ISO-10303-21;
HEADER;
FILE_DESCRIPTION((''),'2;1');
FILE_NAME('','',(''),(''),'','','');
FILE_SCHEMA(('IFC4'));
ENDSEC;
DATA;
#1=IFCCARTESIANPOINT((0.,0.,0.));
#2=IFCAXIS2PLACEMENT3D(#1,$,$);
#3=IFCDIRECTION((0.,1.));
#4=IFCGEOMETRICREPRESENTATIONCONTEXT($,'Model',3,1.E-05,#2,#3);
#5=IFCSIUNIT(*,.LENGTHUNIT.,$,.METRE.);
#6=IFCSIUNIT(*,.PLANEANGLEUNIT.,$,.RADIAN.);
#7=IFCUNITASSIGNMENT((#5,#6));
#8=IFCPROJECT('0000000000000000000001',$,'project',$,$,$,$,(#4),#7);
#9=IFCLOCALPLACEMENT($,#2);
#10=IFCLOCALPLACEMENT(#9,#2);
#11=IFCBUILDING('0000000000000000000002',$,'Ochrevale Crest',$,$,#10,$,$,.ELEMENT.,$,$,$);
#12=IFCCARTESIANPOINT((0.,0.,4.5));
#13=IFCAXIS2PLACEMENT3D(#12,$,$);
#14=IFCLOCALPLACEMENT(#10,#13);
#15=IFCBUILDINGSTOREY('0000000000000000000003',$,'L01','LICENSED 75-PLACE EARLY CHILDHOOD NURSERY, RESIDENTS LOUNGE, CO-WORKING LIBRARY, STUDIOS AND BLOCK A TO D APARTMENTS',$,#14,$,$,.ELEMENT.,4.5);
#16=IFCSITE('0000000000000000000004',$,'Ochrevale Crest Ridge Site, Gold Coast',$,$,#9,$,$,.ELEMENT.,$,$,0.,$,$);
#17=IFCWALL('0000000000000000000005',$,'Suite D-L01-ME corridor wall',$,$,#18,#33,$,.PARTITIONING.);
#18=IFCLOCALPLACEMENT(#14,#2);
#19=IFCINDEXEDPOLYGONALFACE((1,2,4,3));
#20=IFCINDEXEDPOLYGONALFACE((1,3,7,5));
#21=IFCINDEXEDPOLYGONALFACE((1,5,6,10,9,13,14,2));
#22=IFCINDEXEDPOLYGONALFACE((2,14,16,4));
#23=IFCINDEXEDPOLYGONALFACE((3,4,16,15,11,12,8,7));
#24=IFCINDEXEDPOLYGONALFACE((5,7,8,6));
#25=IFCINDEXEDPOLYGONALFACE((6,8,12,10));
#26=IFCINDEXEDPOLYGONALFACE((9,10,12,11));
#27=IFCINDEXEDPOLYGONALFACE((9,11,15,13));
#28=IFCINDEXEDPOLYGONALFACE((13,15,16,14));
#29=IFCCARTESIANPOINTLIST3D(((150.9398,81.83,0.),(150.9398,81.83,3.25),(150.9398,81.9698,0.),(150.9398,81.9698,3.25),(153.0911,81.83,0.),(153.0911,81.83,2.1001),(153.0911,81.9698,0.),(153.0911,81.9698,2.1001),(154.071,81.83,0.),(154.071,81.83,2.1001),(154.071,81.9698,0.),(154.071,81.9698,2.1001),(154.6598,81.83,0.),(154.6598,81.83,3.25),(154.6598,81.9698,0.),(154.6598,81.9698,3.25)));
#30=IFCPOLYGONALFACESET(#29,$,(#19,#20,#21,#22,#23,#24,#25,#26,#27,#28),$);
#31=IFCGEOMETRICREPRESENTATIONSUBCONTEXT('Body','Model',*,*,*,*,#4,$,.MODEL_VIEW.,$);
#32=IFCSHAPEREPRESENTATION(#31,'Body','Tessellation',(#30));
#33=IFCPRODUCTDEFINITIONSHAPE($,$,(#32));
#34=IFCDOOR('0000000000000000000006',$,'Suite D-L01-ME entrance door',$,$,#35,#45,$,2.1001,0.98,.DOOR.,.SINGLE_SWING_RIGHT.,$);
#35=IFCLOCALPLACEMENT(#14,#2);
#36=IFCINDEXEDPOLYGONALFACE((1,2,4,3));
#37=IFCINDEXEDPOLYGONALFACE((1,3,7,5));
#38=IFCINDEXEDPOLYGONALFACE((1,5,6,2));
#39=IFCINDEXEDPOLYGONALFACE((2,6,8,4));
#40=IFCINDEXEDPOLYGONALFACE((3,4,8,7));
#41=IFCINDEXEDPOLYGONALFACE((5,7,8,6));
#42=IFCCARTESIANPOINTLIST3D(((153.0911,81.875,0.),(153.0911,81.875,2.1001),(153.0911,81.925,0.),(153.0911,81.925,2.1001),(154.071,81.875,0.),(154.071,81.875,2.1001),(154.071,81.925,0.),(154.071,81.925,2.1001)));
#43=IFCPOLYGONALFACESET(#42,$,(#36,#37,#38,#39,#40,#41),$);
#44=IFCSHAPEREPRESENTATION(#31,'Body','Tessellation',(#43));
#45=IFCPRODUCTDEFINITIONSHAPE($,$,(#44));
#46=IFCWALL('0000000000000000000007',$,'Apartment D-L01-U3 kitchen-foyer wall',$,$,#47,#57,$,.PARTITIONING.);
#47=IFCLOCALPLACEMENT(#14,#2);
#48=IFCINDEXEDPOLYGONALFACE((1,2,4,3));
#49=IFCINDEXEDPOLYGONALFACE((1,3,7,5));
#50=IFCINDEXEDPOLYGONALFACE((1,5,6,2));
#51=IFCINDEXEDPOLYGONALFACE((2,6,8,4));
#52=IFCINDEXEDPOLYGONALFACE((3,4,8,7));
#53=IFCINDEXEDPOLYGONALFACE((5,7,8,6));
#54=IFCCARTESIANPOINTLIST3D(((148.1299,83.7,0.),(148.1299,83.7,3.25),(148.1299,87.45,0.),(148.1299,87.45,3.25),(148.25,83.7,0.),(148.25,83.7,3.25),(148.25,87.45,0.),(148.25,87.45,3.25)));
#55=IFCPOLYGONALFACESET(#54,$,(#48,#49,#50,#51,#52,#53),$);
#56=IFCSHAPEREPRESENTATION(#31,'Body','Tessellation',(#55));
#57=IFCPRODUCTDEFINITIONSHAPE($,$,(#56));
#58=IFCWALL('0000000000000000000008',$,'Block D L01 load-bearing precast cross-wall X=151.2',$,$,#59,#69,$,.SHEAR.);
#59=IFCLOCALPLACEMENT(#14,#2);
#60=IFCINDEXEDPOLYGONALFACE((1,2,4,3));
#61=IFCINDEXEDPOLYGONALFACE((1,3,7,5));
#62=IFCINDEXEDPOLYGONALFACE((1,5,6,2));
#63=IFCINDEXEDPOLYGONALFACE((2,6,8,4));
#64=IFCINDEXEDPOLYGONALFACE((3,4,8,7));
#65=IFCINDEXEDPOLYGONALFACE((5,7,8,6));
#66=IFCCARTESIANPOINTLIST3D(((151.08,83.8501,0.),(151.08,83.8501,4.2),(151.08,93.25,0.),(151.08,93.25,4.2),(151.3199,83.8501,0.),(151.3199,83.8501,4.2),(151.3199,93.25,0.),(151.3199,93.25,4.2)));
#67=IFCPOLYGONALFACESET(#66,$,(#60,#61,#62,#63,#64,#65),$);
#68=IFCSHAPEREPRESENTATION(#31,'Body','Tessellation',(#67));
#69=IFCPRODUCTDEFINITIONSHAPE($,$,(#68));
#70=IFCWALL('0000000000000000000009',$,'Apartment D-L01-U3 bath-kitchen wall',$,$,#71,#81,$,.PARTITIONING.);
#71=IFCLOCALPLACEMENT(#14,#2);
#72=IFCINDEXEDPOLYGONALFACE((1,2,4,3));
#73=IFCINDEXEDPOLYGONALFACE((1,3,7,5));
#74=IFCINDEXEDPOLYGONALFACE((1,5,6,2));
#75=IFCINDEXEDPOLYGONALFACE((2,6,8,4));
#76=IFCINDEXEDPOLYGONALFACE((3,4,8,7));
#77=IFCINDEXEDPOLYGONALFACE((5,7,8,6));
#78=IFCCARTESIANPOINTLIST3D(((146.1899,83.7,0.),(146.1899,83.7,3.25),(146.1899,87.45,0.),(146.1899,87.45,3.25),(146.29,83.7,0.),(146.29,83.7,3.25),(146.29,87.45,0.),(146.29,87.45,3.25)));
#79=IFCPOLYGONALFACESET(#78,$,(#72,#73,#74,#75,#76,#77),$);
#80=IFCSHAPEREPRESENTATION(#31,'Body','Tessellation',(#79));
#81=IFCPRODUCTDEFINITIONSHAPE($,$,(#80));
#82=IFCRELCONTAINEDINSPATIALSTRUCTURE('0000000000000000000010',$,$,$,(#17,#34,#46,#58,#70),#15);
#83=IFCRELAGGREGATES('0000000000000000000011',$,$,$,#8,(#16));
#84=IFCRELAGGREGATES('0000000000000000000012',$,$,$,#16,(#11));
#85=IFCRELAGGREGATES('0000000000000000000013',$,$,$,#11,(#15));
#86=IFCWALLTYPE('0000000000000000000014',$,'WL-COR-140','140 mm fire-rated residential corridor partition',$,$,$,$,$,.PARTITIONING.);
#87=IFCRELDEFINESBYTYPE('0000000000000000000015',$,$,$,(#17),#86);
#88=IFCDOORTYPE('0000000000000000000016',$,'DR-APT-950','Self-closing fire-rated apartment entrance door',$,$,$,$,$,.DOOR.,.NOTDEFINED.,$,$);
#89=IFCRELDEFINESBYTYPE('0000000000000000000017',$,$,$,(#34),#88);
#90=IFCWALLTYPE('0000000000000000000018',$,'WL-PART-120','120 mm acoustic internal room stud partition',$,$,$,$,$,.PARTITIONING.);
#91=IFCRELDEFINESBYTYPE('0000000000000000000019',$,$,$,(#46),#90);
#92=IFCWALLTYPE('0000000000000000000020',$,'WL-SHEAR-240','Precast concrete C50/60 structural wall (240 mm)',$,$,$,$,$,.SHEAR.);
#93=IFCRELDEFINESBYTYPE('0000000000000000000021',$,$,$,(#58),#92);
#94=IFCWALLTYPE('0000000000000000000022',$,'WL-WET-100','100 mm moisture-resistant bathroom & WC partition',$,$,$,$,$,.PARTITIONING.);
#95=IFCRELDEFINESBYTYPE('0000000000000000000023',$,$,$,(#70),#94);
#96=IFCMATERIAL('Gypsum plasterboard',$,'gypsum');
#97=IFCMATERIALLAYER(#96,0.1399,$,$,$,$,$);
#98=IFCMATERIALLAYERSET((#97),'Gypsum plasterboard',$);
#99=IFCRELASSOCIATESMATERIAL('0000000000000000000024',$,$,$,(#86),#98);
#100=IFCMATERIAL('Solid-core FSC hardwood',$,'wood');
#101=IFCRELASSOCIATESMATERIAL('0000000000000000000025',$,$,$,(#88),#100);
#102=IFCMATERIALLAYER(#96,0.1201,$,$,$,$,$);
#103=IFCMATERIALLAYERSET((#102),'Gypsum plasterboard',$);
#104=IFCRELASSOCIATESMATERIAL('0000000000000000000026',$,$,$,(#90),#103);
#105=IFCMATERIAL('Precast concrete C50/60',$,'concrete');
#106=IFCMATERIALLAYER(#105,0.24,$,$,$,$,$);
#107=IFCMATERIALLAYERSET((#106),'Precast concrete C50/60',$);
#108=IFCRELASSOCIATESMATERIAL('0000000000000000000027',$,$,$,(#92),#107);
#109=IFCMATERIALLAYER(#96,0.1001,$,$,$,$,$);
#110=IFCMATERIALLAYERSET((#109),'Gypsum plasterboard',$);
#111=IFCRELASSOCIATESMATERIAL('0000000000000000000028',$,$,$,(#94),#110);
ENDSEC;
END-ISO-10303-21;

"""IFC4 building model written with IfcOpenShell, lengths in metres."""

from ifc_helpers import new_model, si_unit, direction, frame, frame_2d, origin, place, context, subcontext, project, spatial, rectangle, extrude, material, layer, layer_set, type_object, element, fill, save


model = new_model("IFC4")

# Units and contexts
model_context = context("Model", 3, precision=1e-05, world=origin(), true_north=direction((0.0, 1.0)))
body_context = subcontext(model_context, "Body", "Model", "MODEL_VIEW")
ifc_project = project(units=[si_unit("LENGTHUNIT", "METRE"), si_unit("PLANEANGLEUNIT", "RADIAN")], contexts=[model_context])

# Site, building, storey
site_placement = place(None, origin())
site = spatial("IfcSite", under=ifc_project, at=site_placement, Name="Ochrevale Crest Ridge Site, Gold Coast", CompositionType="ELEMENT", RefElevation=0.0)
building_placement = place(site_placement, origin())
building = spatial("IfcBuilding", under=site, at=building_placement, Name="Ochrevale Crest", CompositionType="ELEMENT")
storey_placement = place(building_placement, frame((0.0, 0.0, 4.5)))
storey = spatial("IfcBuildingStorey", under=building, at=storey_placement, Name="L01", Description="LICENSED 75-PLACE EARLY CHILDHOOD NURSERY, RESIDENTS LOUNGE, CO-WORKING LIBRARY, STUDIOS AND BLOCK A TO D APARTMENTS", CompositionType="ELEMENT", Elevation=4.5)

# Shared definitions
ifc_material_1 = material(Name="Precast concrete C50/60", Category="concrete")

# Wall, opening, door
ifc_material_2 = material(Name="Gypsum plasterboard", Category="gypsum")
ifc_layer_1 = layer(ifc_material_2, 0.1399)
ifc_layer_set_1 = layer_set([ifc_layer_1], Name="Gypsum plasterboard")
wall_type_1 = type_object("IfcWallType", Name="WL-COR-140", Description="140 mm fire-rated residential corridor partition", PredefinedType="PARTITIONING", material=ifc_layer_set_1)
ifc_material_3 = material(Name="Solid-core FSC hardwood", Category="wood")
door_type_1 = type_object("IfcDoorType", Name="DR-APT-950", Description="Self-closing fire-rated apartment entrance door", OperationType="NOTDEFINED", PredefinedType="DOOR", material=ifc_material_3)
wall_1_placement = place(storey_placement, frame((150.9399, 81.8999, 0.0), z_axis=(0.0, 0.0, 1.0), x_axis=(1.0, 0.0, 0.0)))
wall_1 = element("IfcWall", 1, at=wall_1_placement, inside=storey, type_object=wall_type_1, Name="Suite D-L01-ME corridor wall", PredefinedType="PARTITIONING", context=body_context, shape_type="SweptSolid", body=[
    extrude(rectangle(XDim=3.72, YDim=0.1399, at=frame_2d((1.8599, 0.0))), origin(), (0.0, 0.0, 1.0), 3.25),
])
opening_1_placement = place(wall_1_placement, frame((3.1311, 0.0, 0.0), z_axis=(0.0, 0.0, 1.0), x_axis=(-1.0, 0.0, 0.0)))
opening_1 = element("IfcOpeningElement", 2, at=opening_1_placement, cuts=wall_1, PredefinedType="OPENING", context=body_context, shape_type="SweptSolid", body=[
    extrude(rectangle(XDim=0.98, YDim=2.1001, at=frame_2d((0.49, 1.05))), frame((0.0, 0.0801, 0.0), z_axis=(0.0, -1.0, 0.0), x_axis=(1.0, 0.0, 0.0)), (0.0, 0.0, 1.0), 0.1599),
])
door_1_placement = place(opening_1_placement, origin())
door_1 = element("IfcDoor", 3, at=door_1_placement, inside=storey, type_object=door_type_1, Name="Suite D-L01-ME entrance door", OperationType="SINGLE_SWING_RIGHT", OverallHeight=2.1001, OverallWidth=0.98, PredefinedType="DOOR", context=body_context, shape_type="SweptSolid", body=[
    extrude(rectangle(XDim=0.98, YDim=2.1001, at=frame_2d((0.49, 1.05))), frame((0.0, 0.0249, 0.0), z_axis=(0.0, -1.0, 0.0), x_axis=(1.0, 0.0, 0.0)), (0.0, 0.0, 1.0), 0.05),
])
fill(opening_1, door_1)

# Walls
ifc_layer_2 = layer(ifc_material_2, 0.1201)
ifc_layer_set_2 = layer_set([ifc_layer_2], Name="Gypsum plasterboard")
wall_type_2 = type_object("IfcWallType", Name="WL-PART-120", Description="120 mm acoustic internal room stud partition", PredefinedType="PARTITIONING", material=ifc_layer_set_2)
wall_2_placement = place(storey_placement, frame((148.1899, 83.7, 0.0), z_axis=(0.0, 0.0, 1.0), x_axis=(0.0, 1.0, 0.0)))
element("IfcWall", 4, at=wall_2_placement, inside=storey, type_object=wall_type_2, Name="Apartment D-L01-U3 kitchen-foyer wall", PredefinedType="PARTITIONING", context=body_context, shape_type="SweptSolid", body=[
    extrude(rectangle(XDim=3.75, YDim=0.1201, at=frame_2d((1.875, 0.0))), origin(), (0.0, 0.0, 1.0), 3.25),
])
ifc_layer_3 = layer(ifc_material_1, 0.24)
ifc_layer_set_3 = layer_set([ifc_layer_3], Name="Precast concrete C50/60")
wall_type_3 = type_object("IfcWallType", Name="WL-SHEAR-240", Description="Precast concrete C50/60 structural wall (240 mm)", PredefinedType="SHEAR", material=ifc_layer_set_3)
wall_3_placement = place(storey_placement, frame((151.2, 83.8501, 0.0), z_axis=(0.0, 0.0, 1.0), x_axis=(0.0, 1.0, 0.0)))
element("IfcWall", 5, at=wall_3_placement, inside=storey, type_object=wall_type_3, Name="Block D L01 load-bearing precast cross-wall X=151.2", PredefinedType="SHEAR", context=body_context, shape_type="SweptSolid", body=[
    extrude(rectangle(XDim=9.3999, YDim=0.24, at=frame_2d((4.7, 0.0))), origin(), (0.0, 0.0, 1.0), 4.2),
])
ifc_layer_4 = layer(ifc_material_2, 0.1001)
ifc_layer_set_4 = layer_set([ifc_layer_4], Name="Gypsum plasterboard")
wall_type_4 = type_object("IfcWallType", Name="WL-WET-100", Description="100 mm moisture-resistant bathroom & WC partition", PredefinedType="PARTITIONING", material=ifc_layer_set_4)
wall_4_placement = place(storey_placement, frame((146.24, 83.7, 0.0), z_axis=(0.0, 0.0, 1.0), x_axis=(0.0, 1.0, 0.0)))
element("IfcWall", 6, at=wall_4_placement, inside=storey, type_object=wall_type_4, Name="Apartment D-L01-U3 bath-kitchen wall", PredefinedType="PARTITIONING", context=body_context, shape_type="SweptSolid", body=[
    extrude(rectangle(XDim=3.75, YDim=0.1001, at=frame_2d((1.875, 0.0))), origin(), (0.0, 0.0, 1.0), 3.25),
])

save(model, "model.ifc")
